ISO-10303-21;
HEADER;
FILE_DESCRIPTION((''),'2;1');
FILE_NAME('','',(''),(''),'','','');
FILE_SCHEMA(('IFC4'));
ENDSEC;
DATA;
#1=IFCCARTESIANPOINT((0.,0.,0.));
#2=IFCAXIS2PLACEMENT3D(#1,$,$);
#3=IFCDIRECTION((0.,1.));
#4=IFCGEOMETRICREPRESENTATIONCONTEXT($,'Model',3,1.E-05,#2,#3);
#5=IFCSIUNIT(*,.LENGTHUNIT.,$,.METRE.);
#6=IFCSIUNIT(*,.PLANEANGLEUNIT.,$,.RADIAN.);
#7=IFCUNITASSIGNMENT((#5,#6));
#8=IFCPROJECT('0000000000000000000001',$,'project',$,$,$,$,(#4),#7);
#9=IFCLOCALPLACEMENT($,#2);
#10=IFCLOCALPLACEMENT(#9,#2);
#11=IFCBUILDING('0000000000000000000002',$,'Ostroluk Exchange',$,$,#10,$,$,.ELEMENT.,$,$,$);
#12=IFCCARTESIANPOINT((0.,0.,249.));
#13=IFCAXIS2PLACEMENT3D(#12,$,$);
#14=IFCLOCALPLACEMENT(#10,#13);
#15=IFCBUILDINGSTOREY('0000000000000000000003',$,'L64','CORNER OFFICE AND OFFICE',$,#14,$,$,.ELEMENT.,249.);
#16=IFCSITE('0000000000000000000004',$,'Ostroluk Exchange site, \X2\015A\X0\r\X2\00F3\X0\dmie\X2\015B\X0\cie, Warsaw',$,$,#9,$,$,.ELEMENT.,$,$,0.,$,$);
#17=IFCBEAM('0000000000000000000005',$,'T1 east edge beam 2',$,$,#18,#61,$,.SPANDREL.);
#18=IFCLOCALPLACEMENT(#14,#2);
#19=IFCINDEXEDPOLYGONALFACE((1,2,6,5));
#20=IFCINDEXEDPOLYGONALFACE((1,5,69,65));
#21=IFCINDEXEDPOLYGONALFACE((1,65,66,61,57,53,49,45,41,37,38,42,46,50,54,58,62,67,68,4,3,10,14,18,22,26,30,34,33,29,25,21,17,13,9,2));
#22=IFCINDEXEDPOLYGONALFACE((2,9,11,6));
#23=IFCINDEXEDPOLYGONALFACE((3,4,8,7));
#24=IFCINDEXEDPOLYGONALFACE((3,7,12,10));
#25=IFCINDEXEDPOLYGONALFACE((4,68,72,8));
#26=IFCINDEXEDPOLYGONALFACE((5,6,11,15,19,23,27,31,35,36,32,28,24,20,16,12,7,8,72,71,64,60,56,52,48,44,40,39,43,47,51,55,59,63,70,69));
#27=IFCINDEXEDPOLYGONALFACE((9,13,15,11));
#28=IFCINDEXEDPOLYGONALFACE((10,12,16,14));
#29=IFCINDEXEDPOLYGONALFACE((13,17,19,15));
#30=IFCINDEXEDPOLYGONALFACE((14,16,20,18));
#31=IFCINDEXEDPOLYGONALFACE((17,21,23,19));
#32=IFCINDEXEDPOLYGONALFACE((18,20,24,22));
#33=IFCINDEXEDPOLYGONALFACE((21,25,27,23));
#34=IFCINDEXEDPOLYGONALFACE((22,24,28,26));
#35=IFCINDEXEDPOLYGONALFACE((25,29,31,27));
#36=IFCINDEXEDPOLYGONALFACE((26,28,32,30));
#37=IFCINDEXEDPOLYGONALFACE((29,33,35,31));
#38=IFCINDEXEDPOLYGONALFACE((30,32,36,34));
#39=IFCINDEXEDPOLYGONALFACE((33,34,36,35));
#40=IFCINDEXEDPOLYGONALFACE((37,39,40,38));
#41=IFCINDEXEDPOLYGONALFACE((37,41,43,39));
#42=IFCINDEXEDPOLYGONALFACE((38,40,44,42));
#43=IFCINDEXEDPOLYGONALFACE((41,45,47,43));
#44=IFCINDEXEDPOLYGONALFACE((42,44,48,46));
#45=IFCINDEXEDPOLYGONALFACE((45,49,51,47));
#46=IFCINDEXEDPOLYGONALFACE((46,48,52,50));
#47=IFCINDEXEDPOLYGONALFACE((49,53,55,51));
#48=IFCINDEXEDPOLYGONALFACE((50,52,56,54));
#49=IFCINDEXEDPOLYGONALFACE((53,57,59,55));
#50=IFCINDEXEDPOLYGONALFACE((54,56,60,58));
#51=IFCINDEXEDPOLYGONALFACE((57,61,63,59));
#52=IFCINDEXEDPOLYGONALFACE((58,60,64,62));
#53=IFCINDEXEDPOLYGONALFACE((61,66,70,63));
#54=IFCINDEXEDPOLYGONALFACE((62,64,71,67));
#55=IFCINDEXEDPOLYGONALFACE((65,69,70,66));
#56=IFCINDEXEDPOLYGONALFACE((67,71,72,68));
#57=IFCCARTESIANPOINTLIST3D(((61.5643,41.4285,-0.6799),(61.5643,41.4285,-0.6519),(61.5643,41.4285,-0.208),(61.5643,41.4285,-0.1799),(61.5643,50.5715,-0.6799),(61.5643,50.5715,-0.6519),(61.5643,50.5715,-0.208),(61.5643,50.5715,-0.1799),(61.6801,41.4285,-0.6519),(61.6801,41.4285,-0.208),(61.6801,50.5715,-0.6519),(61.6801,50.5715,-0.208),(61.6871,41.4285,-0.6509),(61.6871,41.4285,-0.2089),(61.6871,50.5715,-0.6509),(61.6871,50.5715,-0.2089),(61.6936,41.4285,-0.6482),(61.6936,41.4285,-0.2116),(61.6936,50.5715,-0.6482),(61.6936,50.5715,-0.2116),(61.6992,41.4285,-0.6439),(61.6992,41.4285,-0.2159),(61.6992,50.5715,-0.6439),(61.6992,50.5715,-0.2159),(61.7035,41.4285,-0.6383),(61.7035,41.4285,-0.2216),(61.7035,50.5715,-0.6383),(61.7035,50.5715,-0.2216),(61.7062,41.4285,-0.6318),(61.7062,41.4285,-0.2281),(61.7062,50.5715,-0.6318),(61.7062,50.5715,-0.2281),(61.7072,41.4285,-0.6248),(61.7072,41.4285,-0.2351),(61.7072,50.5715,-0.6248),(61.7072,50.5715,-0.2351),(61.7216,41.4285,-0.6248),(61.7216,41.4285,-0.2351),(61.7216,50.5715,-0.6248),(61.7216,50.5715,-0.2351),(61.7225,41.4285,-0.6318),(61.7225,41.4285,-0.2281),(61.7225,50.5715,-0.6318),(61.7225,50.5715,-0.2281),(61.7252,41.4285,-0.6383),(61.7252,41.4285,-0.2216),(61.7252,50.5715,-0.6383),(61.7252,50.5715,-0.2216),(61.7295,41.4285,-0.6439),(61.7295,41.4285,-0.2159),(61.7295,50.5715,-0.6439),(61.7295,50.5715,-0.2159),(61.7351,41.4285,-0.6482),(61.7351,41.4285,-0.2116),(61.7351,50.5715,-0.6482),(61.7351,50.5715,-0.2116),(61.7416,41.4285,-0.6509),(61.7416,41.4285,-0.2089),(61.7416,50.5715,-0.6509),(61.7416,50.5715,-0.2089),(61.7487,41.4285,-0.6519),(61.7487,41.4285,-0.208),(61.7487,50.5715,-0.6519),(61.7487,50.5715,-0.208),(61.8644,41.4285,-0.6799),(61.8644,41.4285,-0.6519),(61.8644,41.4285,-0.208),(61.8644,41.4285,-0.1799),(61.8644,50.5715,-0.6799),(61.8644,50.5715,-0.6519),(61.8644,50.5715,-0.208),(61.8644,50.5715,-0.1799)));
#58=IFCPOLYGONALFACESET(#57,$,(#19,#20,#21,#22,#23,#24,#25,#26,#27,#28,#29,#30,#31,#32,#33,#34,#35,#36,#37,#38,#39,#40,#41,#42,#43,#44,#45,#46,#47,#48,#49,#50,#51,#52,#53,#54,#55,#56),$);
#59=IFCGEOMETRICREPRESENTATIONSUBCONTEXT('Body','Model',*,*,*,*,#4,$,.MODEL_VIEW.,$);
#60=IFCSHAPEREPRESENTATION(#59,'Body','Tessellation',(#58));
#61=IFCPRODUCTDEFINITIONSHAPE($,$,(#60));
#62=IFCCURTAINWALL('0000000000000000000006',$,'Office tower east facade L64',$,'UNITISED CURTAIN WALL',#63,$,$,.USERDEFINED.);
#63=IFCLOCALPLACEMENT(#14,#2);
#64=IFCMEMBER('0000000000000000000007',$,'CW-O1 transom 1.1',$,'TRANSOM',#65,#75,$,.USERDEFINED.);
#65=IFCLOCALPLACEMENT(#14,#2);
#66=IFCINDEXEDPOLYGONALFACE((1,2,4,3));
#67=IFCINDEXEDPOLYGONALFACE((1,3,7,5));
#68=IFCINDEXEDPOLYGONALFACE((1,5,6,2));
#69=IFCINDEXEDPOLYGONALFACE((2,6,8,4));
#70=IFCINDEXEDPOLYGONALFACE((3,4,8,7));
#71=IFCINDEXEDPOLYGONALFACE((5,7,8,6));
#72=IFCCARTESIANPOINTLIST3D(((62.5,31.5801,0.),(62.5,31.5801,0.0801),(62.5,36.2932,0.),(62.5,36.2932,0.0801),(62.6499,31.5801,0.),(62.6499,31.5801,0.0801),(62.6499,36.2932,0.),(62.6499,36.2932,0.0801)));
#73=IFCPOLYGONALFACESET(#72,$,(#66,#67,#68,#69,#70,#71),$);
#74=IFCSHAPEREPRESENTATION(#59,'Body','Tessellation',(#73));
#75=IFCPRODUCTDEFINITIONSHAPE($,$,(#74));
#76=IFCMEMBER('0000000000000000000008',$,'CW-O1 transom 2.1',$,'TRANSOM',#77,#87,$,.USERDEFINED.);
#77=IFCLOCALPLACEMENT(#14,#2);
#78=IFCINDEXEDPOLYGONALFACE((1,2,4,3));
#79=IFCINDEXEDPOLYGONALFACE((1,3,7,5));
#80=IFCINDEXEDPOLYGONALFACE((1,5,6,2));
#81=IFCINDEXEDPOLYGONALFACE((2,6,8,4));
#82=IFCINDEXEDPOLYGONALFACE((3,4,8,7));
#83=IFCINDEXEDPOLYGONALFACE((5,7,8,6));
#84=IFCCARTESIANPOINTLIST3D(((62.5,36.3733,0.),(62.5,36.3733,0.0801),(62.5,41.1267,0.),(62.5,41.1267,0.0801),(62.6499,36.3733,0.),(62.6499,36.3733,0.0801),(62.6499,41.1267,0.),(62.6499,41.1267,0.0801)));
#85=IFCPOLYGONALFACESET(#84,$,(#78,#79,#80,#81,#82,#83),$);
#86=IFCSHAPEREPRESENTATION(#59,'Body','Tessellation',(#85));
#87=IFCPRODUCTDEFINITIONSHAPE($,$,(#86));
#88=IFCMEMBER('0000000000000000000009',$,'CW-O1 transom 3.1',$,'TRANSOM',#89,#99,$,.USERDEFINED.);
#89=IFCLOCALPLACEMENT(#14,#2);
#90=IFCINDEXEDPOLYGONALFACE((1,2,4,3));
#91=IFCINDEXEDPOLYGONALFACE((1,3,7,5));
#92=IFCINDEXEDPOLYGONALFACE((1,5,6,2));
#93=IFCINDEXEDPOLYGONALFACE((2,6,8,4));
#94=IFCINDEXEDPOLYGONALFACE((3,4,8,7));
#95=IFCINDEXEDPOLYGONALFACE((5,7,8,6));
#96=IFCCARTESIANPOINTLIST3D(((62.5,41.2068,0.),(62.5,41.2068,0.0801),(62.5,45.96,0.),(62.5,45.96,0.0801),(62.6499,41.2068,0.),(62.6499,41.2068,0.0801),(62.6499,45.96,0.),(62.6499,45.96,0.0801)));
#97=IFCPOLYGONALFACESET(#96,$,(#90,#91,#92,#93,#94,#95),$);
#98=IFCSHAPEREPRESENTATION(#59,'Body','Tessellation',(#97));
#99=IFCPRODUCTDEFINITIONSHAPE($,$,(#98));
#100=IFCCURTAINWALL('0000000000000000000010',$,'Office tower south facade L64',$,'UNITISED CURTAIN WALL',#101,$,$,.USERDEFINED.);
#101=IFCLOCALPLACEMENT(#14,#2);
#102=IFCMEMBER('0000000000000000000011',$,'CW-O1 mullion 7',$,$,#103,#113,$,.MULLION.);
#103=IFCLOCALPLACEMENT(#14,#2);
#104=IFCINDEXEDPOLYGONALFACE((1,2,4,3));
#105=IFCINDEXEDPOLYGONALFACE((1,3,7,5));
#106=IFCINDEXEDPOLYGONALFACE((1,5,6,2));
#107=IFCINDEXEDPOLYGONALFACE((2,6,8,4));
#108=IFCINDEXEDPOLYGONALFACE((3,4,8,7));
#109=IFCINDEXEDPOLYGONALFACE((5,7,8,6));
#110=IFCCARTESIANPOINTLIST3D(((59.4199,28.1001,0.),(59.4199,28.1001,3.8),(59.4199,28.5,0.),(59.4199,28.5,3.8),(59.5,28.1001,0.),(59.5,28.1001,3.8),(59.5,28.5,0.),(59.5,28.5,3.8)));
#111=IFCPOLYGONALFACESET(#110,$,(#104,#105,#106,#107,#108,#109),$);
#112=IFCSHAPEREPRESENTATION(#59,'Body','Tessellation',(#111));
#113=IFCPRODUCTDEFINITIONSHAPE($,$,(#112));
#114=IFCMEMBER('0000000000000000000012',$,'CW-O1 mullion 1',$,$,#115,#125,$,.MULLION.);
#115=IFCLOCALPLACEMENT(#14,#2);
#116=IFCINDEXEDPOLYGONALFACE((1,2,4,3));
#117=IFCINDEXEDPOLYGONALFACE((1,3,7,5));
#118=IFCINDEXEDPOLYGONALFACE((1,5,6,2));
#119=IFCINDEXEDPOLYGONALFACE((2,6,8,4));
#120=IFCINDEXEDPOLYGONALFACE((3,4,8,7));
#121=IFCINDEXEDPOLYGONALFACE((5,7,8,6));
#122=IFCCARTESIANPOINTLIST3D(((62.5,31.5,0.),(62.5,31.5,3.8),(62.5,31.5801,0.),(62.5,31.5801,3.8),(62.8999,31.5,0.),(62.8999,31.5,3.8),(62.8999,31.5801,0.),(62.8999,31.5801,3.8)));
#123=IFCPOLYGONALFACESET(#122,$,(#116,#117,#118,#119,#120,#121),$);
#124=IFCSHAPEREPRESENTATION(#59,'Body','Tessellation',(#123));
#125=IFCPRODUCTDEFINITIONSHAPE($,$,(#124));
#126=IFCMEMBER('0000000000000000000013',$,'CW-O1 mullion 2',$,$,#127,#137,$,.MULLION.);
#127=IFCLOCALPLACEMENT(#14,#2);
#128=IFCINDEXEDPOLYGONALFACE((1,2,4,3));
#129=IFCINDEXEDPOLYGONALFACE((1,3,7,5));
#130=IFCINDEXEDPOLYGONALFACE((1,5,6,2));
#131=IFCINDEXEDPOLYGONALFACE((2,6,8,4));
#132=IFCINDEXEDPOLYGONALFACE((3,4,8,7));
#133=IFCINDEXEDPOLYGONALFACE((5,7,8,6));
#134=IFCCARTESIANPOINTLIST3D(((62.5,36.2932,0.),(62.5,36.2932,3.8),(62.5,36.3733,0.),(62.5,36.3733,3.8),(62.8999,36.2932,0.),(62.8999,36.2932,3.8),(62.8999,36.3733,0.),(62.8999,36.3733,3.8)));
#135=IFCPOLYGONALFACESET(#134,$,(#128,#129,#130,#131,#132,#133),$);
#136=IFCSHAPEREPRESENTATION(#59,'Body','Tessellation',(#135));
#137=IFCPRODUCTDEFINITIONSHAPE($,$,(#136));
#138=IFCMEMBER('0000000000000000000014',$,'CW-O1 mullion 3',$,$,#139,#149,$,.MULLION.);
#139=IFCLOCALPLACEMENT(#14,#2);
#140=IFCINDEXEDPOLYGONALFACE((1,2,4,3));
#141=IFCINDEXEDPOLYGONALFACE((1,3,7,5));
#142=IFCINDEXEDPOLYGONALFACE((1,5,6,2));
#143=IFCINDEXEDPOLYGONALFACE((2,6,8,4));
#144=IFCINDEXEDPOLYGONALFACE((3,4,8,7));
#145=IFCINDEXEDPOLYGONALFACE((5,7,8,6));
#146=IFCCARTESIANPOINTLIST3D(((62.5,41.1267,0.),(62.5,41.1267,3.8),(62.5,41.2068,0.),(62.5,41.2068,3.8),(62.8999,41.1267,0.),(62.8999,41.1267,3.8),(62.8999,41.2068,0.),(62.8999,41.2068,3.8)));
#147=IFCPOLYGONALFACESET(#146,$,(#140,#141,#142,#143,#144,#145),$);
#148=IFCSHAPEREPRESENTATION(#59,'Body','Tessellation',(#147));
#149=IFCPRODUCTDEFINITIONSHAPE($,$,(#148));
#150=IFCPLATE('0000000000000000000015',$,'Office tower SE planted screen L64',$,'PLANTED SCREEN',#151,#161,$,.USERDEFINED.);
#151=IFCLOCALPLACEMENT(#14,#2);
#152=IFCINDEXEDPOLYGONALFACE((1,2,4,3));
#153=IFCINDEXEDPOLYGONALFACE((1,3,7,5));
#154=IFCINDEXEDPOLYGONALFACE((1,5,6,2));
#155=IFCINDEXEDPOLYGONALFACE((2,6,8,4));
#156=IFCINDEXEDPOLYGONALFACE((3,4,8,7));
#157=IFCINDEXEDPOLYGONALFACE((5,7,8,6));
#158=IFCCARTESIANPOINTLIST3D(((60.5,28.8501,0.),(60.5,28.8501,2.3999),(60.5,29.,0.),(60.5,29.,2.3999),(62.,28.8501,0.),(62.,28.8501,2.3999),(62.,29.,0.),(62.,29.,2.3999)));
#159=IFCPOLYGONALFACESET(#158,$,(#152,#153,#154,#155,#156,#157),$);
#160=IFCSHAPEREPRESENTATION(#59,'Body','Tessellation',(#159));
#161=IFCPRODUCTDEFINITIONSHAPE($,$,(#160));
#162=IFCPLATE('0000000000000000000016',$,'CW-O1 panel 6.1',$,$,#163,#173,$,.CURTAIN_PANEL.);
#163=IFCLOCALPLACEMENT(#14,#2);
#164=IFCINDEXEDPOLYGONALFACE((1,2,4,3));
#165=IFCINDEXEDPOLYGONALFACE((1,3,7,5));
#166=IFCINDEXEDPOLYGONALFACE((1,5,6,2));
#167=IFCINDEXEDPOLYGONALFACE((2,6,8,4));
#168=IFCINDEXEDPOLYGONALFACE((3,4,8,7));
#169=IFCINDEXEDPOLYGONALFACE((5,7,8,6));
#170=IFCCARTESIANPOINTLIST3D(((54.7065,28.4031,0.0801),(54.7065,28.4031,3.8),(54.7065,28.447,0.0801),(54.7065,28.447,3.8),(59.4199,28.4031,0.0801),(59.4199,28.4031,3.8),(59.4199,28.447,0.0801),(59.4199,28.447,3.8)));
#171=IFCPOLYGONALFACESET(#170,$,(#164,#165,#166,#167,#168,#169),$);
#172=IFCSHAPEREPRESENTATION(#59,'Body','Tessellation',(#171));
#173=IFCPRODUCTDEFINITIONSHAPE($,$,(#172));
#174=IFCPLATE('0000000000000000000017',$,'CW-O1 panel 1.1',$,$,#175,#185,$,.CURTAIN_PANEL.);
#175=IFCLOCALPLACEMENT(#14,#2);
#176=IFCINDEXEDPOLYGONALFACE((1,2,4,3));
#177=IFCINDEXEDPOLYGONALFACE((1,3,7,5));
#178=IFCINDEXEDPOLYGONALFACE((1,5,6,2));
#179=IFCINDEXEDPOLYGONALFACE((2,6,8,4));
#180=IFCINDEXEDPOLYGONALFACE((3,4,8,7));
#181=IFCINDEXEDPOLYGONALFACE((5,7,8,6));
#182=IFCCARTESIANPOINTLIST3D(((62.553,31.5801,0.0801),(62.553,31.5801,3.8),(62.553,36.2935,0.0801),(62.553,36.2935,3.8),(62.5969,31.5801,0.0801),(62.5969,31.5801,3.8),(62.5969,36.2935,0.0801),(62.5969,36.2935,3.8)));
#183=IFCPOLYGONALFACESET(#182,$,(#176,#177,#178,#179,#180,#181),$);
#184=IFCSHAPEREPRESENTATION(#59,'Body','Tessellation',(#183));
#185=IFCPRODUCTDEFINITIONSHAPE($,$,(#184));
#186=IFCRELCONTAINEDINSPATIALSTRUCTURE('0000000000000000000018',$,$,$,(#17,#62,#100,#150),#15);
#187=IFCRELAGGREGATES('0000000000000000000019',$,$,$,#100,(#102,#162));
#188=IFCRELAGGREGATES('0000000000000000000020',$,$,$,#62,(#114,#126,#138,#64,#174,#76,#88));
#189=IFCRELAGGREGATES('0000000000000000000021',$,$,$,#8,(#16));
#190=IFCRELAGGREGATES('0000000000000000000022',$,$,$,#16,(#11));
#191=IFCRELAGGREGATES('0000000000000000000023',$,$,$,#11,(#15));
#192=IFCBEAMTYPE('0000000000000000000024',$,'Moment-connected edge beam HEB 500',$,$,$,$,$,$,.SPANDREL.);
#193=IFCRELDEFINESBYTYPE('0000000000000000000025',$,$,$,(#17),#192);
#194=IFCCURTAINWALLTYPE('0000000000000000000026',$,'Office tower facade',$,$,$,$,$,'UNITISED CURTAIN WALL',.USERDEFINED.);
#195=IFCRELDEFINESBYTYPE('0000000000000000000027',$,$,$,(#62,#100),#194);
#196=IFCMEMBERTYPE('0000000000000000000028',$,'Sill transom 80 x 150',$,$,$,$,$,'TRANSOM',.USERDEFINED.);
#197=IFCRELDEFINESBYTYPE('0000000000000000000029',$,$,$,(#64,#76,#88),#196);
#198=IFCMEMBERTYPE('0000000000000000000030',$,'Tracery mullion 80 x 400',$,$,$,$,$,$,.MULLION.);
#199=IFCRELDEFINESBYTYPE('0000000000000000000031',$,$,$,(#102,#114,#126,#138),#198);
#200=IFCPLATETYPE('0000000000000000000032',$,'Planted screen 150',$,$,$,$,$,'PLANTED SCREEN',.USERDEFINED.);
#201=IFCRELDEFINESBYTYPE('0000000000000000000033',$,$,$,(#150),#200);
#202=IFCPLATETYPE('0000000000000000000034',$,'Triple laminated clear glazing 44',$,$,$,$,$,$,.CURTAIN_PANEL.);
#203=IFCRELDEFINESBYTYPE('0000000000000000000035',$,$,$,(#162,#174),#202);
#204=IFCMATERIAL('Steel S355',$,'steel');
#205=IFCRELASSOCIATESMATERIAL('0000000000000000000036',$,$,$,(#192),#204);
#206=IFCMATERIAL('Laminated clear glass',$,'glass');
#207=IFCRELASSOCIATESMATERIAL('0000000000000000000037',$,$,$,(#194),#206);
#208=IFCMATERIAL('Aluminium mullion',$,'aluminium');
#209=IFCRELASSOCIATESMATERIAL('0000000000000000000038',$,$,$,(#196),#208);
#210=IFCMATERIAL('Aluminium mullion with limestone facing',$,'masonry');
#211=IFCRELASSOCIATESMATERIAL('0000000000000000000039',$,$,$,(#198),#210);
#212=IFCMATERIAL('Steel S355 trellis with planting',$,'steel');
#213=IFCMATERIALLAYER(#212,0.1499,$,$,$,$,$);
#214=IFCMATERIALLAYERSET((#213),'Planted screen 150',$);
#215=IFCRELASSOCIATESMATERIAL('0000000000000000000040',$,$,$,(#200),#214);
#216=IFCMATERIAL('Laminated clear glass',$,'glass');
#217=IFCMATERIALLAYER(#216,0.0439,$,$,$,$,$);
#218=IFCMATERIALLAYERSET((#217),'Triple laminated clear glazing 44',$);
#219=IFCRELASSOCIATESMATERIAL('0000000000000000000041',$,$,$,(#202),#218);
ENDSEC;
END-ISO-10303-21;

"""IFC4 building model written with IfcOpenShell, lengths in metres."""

from ifc_helpers import new_model, si_unit, direction, frame, origin, origin_2d, place, context, subcontext, project, spatial, rectangle, i_section, extrude, material, layer, layer_set, material_profile, profile_set, type_object, element, aggregate, save


model = new_model("IFC4")

# Units and contexts
model_context = context("Model", 3, precision=1e-05, world=origin(), true_north=direction((0.0, 1.0)))
body_context = subcontext(model_context, "Body", "Model", "MODEL_VIEW")
ifc_project = project(units=[si_unit("LENGTHUNIT", "METRE"), si_unit("PLANEANGLEUNIT", "RADIAN")], contexts=[model_context])

# Site, building, storey
site_placement = place(None, origin())
site = spatial("IfcSite", under=ifc_project, at=site_placement, Name="Ostroluk Exchange site, Śródmieście, Warsaw", CompositionType="ELEMENT", RefElevation=0.0)
building_placement = place(site_placement, origin())
building = spatial("IfcBuilding", under=site, at=building_placement, Name="Ostroluk Exchange", CompositionType="ELEMENT")
storey_placement = place(building_placement, frame((0.0, 0.0, 249.0)))
storey = spatial("IfcBuildingStorey", under=building, at=storey_placement, Name="L64", Description="CORNER OFFICE AND OFFICE", CompositionType="ELEMENT", Elevation=249.0)

# Beam
ifc_material_1 = material(Name="Steel S355", Category="steel")
ifc_material_profile_1 = material_profile(ifc_material_1, i_section(OverallWidth=0.3, OverallDepth=0.5, WebThickness=0.0144, FlangeThickness=0.0281, FilletRadius=0.0271, at=origin_2d()), Name="HEB 500")
ifc_profile_set_1 = profile_set([ifc_material_profile_1], Name="Steel S355")
beam_type_1 = type_object("IfcBeamType", Name="Moment-connected edge beam HEB 500", PredefinedType="SPANDREL", material=ifc_profile_set_1)
beam_1_placement = place(storey_placement, frame((61.7144, 41.4285, -0.4299), z_axis=(0.0, 1.0, 0.0), x_axis=(-1.0, 0.0, 0.0)))
element("IfcBeam", 1, at=beam_1_placement, inside=storey, type_object=beam_type_1, Name="T1 east edge beam 2", PredefinedType="SPANDREL", context=body_context, shape_type="SweptSolid", body=[
    extrude(i_section(OverallWidth=0.3, OverallDepth=0.5, WebThickness=0.0144, FlangeThickness=0.0281, FilletRadius=0.0271, at=origin_2d()), origin(), (0.0, 0.0, 1.0), 9.1431),
])

# Curtain wall, members
ifc_material_2 = material(Name="Laminated clear glass", Category="glass")
curtain_wall_type = type_object("IfcCurtainWallType", Name="Office tower facade", ElementType="UNITISED CURTAIN WALL", PredefinedType="USERDEFINED", material=ifc_material_2)
curtain_wall_1_placement = place(storey_placement, origin())
curtain_wall_1 = element("IfcCurtainWall", 2, at=curtain_wall_1_placement, inside=storey, type_object=curtain_wall_type, Name="Office tower east facade L64", ObjectType="UNITISED CURTAIN WALL", PredefinedType="USERDEFINED")
ifc_material_3 = material(Name="Aluminium mullion", Category="aluminium")
ifc_material_profile_2 = material_profile(ifc_material_3, rectangle(XDim=0.1499, YDim=0.0801, at=origin_2d()), Name="Sill transom 80 x 150")
ifc_profile_set_2 = profile_set([ifc_material_profile_2], Name="Aluminium mullion")
member_type_1 = type_object("IfcMemberType", Name="Sill transom 80 x 150", ElementType="TRANSOM", PredefinedType="USERDEFINED", material=ifc_profile_set_2)
member_1_placement = place(storey_placement, frame((62.575, 31.5801, 0.04), z_axis=(0.0, 1.0, 0.0), x_axis=(-1.0, 0.0, 0.0)))
member_1 = element("IfcMember", 3, at=member_1_placement, type_object=member_type_1, Name="CW-O1 transom 1.1", ObjectType="TRANSOM", PredefinedType="USERDEFINED", context=body_context, shape_type="SweptSolid", body=[
    extrude(rectangle(XDim=0.1499, YDim=0.0801, at=origin_2d()), origin(), (0.0, 0.0, 1.0), 4.7131),
])
member_2_placement = place(storey_placement, frame((62.575, 36.3733, 0.04), z_axis=(0.0, 1.0, 0.0), x_axis=(-1.0, 0.0, 0.0)))
member_2 = element("IfcMember", 4, at=member_2_placement, type_object=member_type_1, Name="CW-O1 transom 2.1", ObjectType="TRANSOM", PredefinedType="USERDEFINED", context=body_context, shape_type="SweptSolid", body=[
    extrude(rectangle(XDim=0.1499, YDim=0.0801, at=origin_2d()), origin(), (0.0, 0.0, 1.0), 4.7534),
])
member_3_placement = place(storey_placement, frame((62.575, 41.2068, 0.04), z_axis=(0.0, 1.0, 0.0), x_axis=(-1.0, 0.0, 0.0)))
member_3 = element("IfcMember", 5, at=member_3_placement, type_object=member_type_1, Name="CW-O1 transom 3.1", ObjectType="TRANSOM", PredefinedType="USERDEFINED", context=body_context, shape_type="SweptSolid", body=[
    extrude(rectangle(XDim=0.1499, YDim=0.0801, at=origin_2d()), origin(), (0.0, 0.0, 1.0), 4.7532),
])

# Curtain wall, member
curtain_wall_2_placement = place(storey_placement, origin())
curtain_wall_2 = element("IfcCurtainWall", 6, at=curtain_wall_2_placement, inside=storey, type_object=curtain_wall_type, Name="Office tower south facade L64", ObjectType="UNITISED CURTAIN WALL", PredefinedType="USERDEFINED")
ifc_material_4 = material(Name="Aluminium mullion with limestone facing", Category="masonry")
ifc_material_profile_3 = material_profile(ifc_material_4, rectangle(XDim=0.3999, YDim=0.0801, at=origin_2d()), Name="Tracery mullion 80 x 400")
ifc_profile_set_3 = profile_set([ifc_material_profile_3], Name="Aluminium mullion with limestone facing")
member_type_2 = type_object("IfcMemberType", Name="Tracery mullion 80 x 400", PredefinedType="MULLION", material=ifc_profile_set_3)
member_4_placement = place(storey_placement, frame((59.46, 28.3, 0.0), z_axis=(0.0, 0.0, 1.0), x_axis=(0.0, 1.0, 0.0)))
member_4 = element("IfcMember", 7, at=member_4_placement, type_object=member_type_2, Name="CW-O1 mullion 7", PredefinedType="MULLION", context=body_context, shape_type="SweptSolid", body=[
    extrude(rectangle(XDim=0.3999, YDim=0.0801, at=origin_2d()), origin(), (0.0, 0.0, 1.0), 3.8),
])

# Members
member_5_placement = place(storey_placement, frame((62.7, 31.54, 0.0), z_axis=(0.0, 0.0, 1.0), x_axis=(-1.0, 0.0, 0.0)))
member_5 = element("IfcMember", 8, at=member_5_placement, type_object=member_type_2, Name="CW-O1 mullion 1", PredefinedType="MULLION", context=body_context, shape_type="SweptSolid", body=[
    extrude(rectangle(XDim=0.3999, YDim=0.0801, at=origin_2d()), origin(), (0.0, 0.0, 1.0), 3.8),
])
member_6_placement = place(storey_placement, frame((62.7, 36.3333, 0.0), z_axis=(0.0, 0.0, 1.0), x_axis=(-1.0, 0.0, 0.0)))
member_6 = element("IfcMember", 9, at=member_6_placement, type_object=member_type_2, Name="CW-O1 mullion 2", PredefinedType="MULLION", context=body_context, shape_type="SweptSolid", body=[
    extrude(rectangle(XDim=0.3999, YDim=0.0801, at=origin_2d()), origin(), (0.0, 0.0, 1.0), 3.8),
])
member_7_placement = place(storey_placement, frame((62.7, 41.1667, 0.0), z_axis=(0.0, 0.0, 1.0), x_axis=(-1.0, 0.0, 0.0)))
member_7 = element("IfcMember", 10, at=member_7_placement, type_object=member_type_2, Name="CW-O1 mullion 3", PredefinedType="MULLION", context=body_context, shape_type="SweptSolid", body=[
    extrude(rectangle(XDim=0.3999, YDim=0.0801, at=origin_2d()), origin(), (0.0, 0.0, 1.0), 3.8),
])

# Plates
ifc_material_5 = material(Name="Steel S355 trellis with planting", Category="steel")
ifc_layer_1 = layer(ifc_material_5, 0.1499)
ifc_layer_set_1 = layer_set([ifc_layer_1], Name="Planted screen 150")
plate_type_1 = type_object("IfcPlateType", Name="Planted screen 150", ElementType="PLANTED SCREEN", PredefinedType="USERDEFINED", material=ifc_layer_set_1)
plate_1_placement = place(storey_placement, frame((61.25, 28.925, 0.0), z_axis=(0.0, 0.0, 1.0), x_axis=(1.0, 0.0, 0.0)))
element("IfcPlate", 11, at=plate_1_placement, inside=storey, type_object=plate_type_1, Name="Office tower SE planted screen L64", ObjectType="PLANTED SCREEN", PredefinedType="USERDEFINED", context=body_context, shape_type="SweptSolid", body=[
    extrude(rectangle(XDim=1.5, YDim=0.1499, at=origin_2d()), origin(), (0.0, 0.0, 1.0), 2.3999),
])
ifc_material_6 = material(Name="Laminated clear glass", Category="glass")
ifc_layer_2 = layer(ifc_material_6, 0.0439)
ifc_layer_set_2 = layer_set([ifc_layer_2], Name="Triple laminated clear glazing 44")
plate_type_2 = type_object("IfcPlateType", Name="Triple laminated clear glazing 44", PredefinedType="CURTAIN_PANEL", material=ifc_layer_set_2)
plate_2_placement = place(storey_placement, frame((57.0632, 28.425, 0.0801), z_axis=(0.0, 0.0, 1.0), x_axis=(1.0, 0.0, 0.0)))
plate_2 = element("IfcPlate", 12, at=plate_2_placement, type_object=plate_type_2, Name="CW-O1 panel 6.1", PredefinedType="CURTAIN_PANEL", context=body_context, shape_type="SweptSolid", body=[
    extrude(rectangle(XDim=4.7134, YDim=0.0439, at=origin_2d()), origin(), (0.0, 0.0, 1.0), 3.72),
])
aggregate(curtain_wall_2, [member_4, plate_2])
plate_3_placement = place(storey_placement, frame((62.575, 33.9368, 0.0801), z_axis=(0.0, 0.0, 1.0), x_axis=(0.0, 1.0, 0.0)))
plate_3 = element("IfcPlate", 13, at=plate_3_placement, type_object=plate_type_2, Name="CW-O1 panel 1.1", PredefinedType="CURTAIN_PANEL", context=body_context, shape_type="SweptSolid", body=[
    extrude(rectangle(XDim=4.7134, YDim=0.0439, at=origin_2d()), origin(), (0.0, 0.0, 1.0), 3.72),
])
aggregate(curtain_wall_1, [member_5, member_6, member_7, member_1, plate_3, member_2, member_3])

save(model, "model.ifc")
